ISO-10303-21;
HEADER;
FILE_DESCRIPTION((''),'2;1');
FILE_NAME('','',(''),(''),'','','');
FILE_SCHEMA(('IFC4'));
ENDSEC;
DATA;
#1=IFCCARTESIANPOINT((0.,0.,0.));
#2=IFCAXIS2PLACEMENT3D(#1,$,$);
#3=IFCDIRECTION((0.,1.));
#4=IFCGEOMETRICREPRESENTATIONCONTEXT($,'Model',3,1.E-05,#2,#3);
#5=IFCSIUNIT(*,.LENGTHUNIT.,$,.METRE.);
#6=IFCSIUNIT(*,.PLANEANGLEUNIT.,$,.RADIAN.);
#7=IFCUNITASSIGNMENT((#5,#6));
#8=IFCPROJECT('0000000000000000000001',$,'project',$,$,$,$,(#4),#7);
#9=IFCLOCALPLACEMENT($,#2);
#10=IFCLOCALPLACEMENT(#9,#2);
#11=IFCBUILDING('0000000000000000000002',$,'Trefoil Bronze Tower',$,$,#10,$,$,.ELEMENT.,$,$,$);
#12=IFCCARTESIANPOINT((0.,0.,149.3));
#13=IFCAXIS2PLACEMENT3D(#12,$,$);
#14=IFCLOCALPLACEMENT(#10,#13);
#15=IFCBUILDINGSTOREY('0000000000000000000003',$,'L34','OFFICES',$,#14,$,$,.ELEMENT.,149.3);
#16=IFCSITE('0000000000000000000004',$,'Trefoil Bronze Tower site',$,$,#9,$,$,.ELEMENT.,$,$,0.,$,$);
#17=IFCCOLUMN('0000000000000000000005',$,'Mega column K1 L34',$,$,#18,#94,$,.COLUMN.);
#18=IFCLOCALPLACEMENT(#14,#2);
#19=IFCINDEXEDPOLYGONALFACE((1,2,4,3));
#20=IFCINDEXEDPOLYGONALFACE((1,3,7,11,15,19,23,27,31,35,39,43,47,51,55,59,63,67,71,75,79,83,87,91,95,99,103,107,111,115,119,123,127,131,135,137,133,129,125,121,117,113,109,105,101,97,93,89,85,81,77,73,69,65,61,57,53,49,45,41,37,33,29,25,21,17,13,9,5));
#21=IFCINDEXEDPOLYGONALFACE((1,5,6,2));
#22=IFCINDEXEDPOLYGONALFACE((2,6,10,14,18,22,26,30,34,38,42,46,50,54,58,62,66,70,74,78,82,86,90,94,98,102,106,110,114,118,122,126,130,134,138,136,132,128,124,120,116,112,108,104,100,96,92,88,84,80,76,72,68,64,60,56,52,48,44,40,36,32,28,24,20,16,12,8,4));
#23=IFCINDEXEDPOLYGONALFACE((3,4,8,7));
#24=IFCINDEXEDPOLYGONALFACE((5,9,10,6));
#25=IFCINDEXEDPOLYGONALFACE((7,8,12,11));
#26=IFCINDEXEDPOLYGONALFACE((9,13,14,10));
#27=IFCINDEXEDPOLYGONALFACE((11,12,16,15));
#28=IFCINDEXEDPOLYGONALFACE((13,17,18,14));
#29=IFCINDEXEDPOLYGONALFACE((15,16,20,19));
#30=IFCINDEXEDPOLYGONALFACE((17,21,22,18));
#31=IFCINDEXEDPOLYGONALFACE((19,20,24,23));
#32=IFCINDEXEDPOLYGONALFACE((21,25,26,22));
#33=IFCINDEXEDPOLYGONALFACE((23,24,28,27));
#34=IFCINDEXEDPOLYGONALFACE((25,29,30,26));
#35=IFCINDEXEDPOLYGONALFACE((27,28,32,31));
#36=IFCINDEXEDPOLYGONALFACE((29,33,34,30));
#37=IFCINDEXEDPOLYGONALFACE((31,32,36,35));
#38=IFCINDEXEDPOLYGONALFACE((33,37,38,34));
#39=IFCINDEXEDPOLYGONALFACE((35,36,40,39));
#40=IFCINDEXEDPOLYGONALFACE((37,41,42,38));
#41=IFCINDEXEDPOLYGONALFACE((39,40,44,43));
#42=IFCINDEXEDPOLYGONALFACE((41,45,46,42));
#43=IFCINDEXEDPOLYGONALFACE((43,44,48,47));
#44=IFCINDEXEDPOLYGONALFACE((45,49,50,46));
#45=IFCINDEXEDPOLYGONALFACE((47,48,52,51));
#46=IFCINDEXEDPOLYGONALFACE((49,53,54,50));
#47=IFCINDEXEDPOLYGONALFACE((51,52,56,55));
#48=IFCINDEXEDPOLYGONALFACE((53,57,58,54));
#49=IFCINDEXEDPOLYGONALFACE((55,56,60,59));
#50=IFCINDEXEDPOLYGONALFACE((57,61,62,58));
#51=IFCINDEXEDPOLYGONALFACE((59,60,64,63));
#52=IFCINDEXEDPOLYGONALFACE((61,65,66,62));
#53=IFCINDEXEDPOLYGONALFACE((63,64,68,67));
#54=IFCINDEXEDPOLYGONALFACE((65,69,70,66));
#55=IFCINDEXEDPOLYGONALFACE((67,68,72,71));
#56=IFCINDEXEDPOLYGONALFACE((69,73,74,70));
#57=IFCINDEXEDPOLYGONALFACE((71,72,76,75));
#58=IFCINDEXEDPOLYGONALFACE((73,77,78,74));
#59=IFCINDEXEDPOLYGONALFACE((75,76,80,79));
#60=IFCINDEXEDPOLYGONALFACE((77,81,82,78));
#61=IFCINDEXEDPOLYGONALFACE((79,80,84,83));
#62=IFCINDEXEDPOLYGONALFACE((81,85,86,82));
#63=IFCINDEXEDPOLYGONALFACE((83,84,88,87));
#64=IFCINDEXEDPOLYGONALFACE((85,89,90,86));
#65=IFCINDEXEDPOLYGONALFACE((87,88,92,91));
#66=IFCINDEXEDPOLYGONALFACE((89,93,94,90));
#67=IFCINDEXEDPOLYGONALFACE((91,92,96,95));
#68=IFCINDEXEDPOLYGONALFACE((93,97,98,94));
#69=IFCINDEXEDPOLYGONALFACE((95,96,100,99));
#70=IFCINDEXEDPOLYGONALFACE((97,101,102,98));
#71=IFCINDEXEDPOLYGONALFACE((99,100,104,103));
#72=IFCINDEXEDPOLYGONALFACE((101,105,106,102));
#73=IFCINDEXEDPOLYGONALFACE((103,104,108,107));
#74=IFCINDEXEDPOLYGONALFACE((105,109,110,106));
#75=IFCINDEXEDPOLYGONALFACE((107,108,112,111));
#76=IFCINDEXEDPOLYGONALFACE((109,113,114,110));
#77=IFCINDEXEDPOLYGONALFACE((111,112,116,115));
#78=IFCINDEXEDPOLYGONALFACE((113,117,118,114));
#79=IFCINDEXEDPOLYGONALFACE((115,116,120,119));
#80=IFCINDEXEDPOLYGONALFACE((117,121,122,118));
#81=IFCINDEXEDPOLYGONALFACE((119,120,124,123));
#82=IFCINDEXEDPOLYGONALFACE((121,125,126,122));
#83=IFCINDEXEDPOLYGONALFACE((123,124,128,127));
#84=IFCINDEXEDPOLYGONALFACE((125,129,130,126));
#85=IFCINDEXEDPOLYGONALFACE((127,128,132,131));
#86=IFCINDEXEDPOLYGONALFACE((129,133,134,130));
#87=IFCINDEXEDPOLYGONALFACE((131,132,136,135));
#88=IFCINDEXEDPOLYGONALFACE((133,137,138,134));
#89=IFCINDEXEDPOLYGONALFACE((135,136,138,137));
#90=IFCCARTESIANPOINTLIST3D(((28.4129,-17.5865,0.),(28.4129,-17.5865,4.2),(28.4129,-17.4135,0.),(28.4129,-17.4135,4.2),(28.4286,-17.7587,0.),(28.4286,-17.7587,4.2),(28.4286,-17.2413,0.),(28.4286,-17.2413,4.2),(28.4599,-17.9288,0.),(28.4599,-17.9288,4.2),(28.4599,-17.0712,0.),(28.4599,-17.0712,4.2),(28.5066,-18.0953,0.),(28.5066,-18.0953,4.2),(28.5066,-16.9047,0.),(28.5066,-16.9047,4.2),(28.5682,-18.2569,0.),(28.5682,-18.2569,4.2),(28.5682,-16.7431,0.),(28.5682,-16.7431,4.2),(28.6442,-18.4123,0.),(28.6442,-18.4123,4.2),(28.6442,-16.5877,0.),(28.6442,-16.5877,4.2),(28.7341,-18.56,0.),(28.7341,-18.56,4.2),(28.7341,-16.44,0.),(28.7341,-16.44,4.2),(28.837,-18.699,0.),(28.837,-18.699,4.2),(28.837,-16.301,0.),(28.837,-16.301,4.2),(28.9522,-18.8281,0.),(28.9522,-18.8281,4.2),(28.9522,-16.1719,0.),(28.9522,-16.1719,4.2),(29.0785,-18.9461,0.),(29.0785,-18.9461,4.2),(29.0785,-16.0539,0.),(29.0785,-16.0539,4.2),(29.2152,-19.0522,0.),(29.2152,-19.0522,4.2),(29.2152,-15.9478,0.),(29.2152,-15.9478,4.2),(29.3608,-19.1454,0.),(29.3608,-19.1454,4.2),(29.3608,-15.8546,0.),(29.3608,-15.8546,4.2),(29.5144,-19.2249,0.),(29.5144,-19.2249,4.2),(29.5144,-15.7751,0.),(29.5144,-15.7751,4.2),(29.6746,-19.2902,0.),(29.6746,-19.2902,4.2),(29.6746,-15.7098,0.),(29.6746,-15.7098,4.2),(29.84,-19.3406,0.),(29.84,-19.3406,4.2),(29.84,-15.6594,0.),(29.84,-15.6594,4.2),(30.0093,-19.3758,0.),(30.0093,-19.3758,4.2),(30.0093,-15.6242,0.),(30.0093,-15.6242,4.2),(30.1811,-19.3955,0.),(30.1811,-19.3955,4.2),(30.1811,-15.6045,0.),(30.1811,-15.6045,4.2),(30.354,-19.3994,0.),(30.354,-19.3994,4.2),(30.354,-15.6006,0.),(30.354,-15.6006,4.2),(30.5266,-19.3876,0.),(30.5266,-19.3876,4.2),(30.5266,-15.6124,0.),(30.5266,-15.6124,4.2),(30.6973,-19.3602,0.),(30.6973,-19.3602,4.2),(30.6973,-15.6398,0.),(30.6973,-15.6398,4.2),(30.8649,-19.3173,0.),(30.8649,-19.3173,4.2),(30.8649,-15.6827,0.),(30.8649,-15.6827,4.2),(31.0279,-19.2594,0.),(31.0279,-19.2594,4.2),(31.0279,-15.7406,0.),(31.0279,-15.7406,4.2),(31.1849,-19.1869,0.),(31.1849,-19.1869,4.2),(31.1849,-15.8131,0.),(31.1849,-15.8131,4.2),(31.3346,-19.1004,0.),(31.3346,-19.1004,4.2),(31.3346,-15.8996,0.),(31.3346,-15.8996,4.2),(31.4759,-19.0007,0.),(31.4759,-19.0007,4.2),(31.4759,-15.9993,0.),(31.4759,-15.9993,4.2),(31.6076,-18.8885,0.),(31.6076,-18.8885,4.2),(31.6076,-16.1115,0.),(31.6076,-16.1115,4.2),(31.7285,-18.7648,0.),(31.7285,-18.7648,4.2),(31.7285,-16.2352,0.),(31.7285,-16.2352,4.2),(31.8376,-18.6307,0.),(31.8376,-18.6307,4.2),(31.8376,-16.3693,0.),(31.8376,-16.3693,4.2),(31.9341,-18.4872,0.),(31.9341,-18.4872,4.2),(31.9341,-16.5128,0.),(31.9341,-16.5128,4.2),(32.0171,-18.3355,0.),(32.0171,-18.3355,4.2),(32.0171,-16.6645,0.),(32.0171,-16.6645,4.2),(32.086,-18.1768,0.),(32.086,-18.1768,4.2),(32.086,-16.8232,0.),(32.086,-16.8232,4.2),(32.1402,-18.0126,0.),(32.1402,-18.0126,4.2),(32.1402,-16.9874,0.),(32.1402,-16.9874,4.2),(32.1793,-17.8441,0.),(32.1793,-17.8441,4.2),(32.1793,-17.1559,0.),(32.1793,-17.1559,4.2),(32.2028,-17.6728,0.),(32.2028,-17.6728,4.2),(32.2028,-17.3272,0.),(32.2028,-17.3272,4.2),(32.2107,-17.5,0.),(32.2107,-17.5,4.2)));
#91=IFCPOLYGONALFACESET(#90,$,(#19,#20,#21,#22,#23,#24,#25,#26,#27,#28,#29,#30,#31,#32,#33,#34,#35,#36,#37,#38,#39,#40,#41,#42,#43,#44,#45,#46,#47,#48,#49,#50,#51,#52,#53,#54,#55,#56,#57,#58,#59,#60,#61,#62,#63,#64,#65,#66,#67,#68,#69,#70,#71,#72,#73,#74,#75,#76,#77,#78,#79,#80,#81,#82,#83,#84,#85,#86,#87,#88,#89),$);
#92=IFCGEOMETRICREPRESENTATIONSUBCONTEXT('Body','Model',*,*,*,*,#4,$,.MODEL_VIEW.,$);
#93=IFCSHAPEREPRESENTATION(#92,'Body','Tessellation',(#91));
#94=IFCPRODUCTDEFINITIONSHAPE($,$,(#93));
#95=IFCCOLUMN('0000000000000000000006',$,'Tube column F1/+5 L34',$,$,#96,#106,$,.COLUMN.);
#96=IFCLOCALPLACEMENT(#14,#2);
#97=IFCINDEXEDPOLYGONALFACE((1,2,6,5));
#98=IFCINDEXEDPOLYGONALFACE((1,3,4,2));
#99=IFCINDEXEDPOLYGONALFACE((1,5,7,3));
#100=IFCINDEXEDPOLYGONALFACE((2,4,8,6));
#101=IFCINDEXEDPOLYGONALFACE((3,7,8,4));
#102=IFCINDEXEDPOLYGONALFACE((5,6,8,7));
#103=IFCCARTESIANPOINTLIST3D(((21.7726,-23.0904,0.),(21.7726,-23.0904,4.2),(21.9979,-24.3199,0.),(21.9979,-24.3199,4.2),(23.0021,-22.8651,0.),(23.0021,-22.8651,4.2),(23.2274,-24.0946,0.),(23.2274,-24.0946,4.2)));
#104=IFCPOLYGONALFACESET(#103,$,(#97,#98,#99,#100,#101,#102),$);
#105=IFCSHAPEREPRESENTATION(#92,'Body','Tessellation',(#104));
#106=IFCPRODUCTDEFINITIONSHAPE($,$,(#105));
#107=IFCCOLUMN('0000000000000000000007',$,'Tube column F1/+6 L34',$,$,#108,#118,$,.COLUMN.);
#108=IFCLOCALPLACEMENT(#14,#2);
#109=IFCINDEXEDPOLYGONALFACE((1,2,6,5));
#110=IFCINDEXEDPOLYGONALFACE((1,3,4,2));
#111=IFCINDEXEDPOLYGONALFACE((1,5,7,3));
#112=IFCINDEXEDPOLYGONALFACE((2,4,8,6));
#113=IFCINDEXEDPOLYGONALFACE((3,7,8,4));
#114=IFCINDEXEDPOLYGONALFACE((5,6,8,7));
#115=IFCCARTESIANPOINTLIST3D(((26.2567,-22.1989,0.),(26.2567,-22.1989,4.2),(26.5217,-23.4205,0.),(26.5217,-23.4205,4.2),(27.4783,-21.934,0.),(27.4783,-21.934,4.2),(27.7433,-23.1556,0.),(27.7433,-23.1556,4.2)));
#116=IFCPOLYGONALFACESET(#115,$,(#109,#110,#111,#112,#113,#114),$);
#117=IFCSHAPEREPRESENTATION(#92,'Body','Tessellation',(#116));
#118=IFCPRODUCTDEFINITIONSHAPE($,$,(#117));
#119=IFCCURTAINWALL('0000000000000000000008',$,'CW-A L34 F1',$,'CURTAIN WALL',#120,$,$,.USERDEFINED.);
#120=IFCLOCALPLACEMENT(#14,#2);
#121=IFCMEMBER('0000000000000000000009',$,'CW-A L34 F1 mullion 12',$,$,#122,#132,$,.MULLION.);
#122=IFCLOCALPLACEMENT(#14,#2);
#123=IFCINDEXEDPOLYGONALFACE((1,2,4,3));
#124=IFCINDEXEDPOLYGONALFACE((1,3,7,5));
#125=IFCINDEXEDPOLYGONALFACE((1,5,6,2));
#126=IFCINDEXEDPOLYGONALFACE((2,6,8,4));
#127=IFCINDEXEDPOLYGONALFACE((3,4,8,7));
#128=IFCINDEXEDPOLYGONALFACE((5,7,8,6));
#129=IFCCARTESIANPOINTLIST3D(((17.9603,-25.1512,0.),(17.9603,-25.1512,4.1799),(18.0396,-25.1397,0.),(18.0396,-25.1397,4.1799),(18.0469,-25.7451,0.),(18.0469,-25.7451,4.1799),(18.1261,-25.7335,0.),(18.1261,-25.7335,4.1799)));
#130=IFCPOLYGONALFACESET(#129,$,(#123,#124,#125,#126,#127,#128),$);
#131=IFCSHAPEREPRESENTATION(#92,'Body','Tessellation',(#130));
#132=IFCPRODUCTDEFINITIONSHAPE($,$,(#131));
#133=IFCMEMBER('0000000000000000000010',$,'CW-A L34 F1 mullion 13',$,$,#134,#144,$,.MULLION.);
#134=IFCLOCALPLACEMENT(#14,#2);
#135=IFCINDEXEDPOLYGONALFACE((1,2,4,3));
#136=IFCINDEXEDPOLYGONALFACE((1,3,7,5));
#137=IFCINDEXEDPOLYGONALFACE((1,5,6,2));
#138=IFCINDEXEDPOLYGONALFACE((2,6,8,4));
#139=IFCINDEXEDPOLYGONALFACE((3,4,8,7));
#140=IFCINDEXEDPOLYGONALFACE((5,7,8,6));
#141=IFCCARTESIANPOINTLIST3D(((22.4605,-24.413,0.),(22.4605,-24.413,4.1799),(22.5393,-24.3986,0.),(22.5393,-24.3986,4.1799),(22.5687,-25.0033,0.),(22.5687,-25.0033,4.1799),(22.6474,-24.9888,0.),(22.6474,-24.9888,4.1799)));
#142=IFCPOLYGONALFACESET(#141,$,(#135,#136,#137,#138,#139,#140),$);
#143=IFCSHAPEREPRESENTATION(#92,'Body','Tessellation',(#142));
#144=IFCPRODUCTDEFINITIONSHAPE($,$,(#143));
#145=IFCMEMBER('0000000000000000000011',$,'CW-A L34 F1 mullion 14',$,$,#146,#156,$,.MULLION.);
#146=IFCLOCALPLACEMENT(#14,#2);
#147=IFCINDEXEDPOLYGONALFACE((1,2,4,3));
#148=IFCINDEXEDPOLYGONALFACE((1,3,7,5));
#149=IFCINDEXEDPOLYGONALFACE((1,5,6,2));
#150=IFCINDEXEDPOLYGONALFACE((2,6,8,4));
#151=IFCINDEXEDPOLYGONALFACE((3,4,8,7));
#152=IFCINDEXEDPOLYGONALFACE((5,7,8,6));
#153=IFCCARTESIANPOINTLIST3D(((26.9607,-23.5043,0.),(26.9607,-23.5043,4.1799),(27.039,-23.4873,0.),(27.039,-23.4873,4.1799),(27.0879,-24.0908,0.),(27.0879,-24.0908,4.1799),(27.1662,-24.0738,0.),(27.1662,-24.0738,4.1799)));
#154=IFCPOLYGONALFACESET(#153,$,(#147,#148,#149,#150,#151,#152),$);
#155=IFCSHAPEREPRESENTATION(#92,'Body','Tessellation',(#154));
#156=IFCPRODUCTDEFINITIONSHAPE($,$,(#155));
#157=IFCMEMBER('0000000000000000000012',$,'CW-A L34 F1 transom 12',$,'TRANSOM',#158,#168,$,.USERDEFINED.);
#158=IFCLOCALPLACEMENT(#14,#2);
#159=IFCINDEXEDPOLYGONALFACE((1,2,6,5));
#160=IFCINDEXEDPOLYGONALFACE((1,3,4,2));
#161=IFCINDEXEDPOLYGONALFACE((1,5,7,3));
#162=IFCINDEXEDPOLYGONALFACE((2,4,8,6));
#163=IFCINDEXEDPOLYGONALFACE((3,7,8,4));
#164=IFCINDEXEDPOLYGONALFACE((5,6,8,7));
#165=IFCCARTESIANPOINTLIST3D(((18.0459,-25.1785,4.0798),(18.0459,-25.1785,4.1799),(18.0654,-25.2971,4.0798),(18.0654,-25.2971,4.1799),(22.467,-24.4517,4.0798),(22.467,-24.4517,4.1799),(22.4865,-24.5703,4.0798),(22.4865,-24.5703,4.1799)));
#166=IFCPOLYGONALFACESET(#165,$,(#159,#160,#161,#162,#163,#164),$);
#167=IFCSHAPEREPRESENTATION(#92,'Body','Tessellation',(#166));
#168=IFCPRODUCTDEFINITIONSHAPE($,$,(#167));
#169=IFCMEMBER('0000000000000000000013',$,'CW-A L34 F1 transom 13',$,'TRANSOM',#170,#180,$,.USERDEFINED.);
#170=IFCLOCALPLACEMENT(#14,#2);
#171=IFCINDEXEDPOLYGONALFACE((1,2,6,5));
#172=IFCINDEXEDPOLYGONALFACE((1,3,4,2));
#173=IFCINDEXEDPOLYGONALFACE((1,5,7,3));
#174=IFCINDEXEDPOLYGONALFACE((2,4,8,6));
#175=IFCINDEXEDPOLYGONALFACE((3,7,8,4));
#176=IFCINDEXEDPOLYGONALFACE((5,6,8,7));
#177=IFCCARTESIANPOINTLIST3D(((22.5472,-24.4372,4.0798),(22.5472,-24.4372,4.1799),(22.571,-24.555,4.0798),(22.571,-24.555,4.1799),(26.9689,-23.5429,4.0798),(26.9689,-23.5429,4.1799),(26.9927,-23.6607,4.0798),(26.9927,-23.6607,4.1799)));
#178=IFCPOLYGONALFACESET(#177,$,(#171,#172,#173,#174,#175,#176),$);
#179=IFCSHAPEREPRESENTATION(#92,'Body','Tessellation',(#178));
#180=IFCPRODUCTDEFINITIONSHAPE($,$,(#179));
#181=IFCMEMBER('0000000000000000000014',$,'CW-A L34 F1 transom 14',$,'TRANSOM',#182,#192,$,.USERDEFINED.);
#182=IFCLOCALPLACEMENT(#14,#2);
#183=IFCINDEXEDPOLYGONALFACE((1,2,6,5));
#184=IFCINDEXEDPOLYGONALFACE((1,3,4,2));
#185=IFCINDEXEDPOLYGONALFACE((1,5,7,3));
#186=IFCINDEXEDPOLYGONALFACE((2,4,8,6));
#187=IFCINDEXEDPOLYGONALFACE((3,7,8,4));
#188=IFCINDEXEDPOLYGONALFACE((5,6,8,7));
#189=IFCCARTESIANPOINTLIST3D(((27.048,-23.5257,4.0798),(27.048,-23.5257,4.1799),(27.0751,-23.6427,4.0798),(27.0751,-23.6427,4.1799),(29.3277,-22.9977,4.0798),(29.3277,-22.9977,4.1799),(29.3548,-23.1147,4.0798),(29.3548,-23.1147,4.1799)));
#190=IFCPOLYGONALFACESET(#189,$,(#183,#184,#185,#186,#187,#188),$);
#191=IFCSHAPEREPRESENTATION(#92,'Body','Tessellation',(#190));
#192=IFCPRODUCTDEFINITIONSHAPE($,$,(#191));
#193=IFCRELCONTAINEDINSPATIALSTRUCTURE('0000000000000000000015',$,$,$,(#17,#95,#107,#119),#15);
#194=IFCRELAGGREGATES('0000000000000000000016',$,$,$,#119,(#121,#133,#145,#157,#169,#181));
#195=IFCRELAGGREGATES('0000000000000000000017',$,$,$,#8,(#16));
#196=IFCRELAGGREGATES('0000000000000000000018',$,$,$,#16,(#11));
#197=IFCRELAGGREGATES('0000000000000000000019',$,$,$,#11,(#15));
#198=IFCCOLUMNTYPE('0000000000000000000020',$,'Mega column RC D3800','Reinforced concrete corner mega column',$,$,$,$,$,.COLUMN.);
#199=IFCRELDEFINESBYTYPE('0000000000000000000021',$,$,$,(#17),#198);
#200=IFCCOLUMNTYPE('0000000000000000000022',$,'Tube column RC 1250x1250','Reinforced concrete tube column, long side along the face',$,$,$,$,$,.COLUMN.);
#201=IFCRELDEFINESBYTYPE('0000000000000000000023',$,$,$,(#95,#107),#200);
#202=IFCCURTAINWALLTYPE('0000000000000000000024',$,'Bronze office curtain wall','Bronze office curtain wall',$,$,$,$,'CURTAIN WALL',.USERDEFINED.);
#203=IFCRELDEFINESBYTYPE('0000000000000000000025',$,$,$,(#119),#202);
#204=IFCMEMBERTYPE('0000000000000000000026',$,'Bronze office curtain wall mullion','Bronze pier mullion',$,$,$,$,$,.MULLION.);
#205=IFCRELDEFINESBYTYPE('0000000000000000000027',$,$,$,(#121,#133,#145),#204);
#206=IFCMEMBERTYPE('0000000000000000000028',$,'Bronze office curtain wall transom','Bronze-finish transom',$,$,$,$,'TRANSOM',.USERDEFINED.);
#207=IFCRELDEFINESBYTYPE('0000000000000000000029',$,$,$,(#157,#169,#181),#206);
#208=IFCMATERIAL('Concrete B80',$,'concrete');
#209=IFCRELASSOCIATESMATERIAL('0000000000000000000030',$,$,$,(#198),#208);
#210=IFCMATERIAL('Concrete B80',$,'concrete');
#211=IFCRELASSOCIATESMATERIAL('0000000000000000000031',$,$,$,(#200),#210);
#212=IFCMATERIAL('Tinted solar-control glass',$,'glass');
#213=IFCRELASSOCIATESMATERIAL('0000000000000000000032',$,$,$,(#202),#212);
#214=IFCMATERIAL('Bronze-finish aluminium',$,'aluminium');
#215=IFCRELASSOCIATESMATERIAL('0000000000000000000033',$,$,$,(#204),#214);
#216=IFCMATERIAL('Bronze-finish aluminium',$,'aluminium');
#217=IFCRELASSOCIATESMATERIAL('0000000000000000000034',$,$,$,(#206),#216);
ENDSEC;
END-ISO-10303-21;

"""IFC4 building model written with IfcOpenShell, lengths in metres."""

from ifc_helpers import new_model, si_unit, direction, frame, origin, origin_2d, place, context, subcontext, project, spatial, rectangle, circle, extrude, material, material_profile, profile_set, type_object, element, aggregate, save


model = new_model("IFC4")

# Units and contexts
model_context = context("Model", 3, precision=1e-05, world=origin(), true_north=direction((0.0, 1.0)))
body_context = subcontext(model_context, "Body", "Model", "MODEL_VIEW")
ifc_project = project(units=[si_unit("LENGTHUNIT", "METRE"), si_unit("PLANEANGLEUNIT", "RADIAN")], contexts=[model_context])

# Site, building, storey
site_placement = place(None, origin())
site = spatial("IfcSite", under=ifc_project, at=site_placement, Name="Trefoil Bronze Tower site", CompositionType="ELEMENT", RefElevation=0.0)
building_placement = place(site_placement, origin())
building = spatial("IfcBuilding", under=site, at=building_placement, Name="Trefoil Bronze Tower", CompositionType="ELEMENT")
storey_placement = place(building_placement, frame((0.0, 0.0, 149.3)))
storey = spatial("IfcBuildingStorey", under=building, at=storey_placement, Name="L34", Description="OFFICES", CompositionType="ELEMENT", Elevation=149.3)

# Columns
ifc_material_1 = material(Name="Concrete B80", Category="concrete")
ifc_material_profile_1 = material_profile(ifc_material_1, circle(Radius=1.8999, at=origin_2d()), Name="RC D3800")
ifc_profile_set_1 = profile_set([ifc_material_profile_1], Name="Concrete B80")
column_type_1 = type_object("IfcColumnType", Name="Mega column RC D3800", Description="Reinforced concrete corner mega column", PredefinedType="COLUMN", material=ifc_profile_set_1)
column_placement = place(storey_placement, frame((30.3108, -17.5, 0.0), z_axis=(0.0, 0.0, 1.0), x_axis=(1.0, 0.0, 0.0)))
element("IfcColumn", 1, at=column_placement, inside=storey, type_object=column_type_1, Name="Mega column K1 L34", PredefinedType="COLUMN", context=body_context, shape_type="SweptSolid", body=[
    extrude(circle(Radius=1.8999, at=origin_2d()), origin(), (0.0, 0.0, 1.0), 4.2),
])
ifc_material_2 = material(Name="Concrete B80", Category="concrete")
ifc_material_profile_2 = material_profile(ifc_material_2, rectangle(XDim=1.25, YDim=1.25, at=origin_2d()), Name="RC 1250x1250")
ifc_profile_set_2 = profile_set([ifc_material_profile_2], Name="Concrete B80")
column_type_2 = type_object("IfcColumnType", Name="Tube column RC 1250x1250", Description="Reinforced concrete tube column, long side along the face", PredefinedType="COLUMN", material=ifc_profile_set_2)
for number, where, z_axis, x_axis, name in (
    (2, (22.5, -23.5925, 0.0), (0.0, 0.0, 1.0), (0.983623, 0.180241, 0.0), "Tube column F1/+5 L34"),
    (3, (27.0, -22.6772, 0.0), (0.0, 0.0, 1.0), (0.977276, 0.21197, 0.0), "Tube column F1/+6 L34"),
):
    element("IfcColumn", number, at=place(storey_placement, frame(where, z_axis=z_axis, x_axis=x_axis)), inside=storey, type_object=column_type_2, Name=name, PredefinedType="COLUMN", context=body_context, shape_type="SweptSolid", body=[
        extrude(rectangle(XDim=1.25, YDim=1.25, at=origin_2d()), origin(), (0.0, 0.0, 1.0), 4.2),
    ])

# Curtain wall, members
ifc_material_3 = material(Name="Tinted solar-control glass", Category="glass")
curtain_wall_type_1 = type_object("IfcCurtainWallType", Name="Bronze office curtain wall", Description="Bronze office curtain wall", ElementType="CURTAIN WALL", PredefinedType="USERDEFINED", material=ifc_material_3)
curtain_wall_1_placement = place(storey_placement, origin())
curtain_wall_1 = element("IfcCurtainWall", 4, at=curtain_wall_1_placement, inside=storey, type_object=curtain_wall_type_1, Name="CW-A L34 F1", ObjectType="CURTAIN WALL", PredefinedType="USERDEFINED")
ifc_material_4 = material(Name="Bronze-finish aluminium", Category="aluminium")
ifc_material_profile_3 = material_profile(ifc_material_4, rectangle(XDim=0.6001, YDim=0.0801, at=origin_2d()), Name="CW-A mullion")
ifc_profile_set_3 = profile_set([ifc_material_profile_3], Name="Bronze-finish aluminium")
member_type_1 = type_object("IfcMemberType", Name="Bronze office curtain wall mullion", Description="Bronze pier mullion", PredefinedType="MULLION", material=ifc_profile_set_3)
member_1_placement = place(storey_placement, frame((18.0432, -25.4424, 0.0), z_axis=(0.0, 0.0, 1.0), x_axis=(-0.144192, 0.98955, 0.0)))
member_1 = element("IfcMember", 5, at=member_1_placement, type_object=member_type_1, Name="CW-A L34 F1 mullion 12", PredefinedType="MULLION", context=body_context, shape_type="SweptSolid", body=[
    extrude(rectangle(XDim=0.6001, YDim=0.0801, at=origin_2d()), origin(), (0.0, 0.0, 1.0), 4.1799),
])
member_2_placement = place(storey_placement, frame((22.554, -24.7009, 0.0), z_axis=(0.0, 0.0, 1.0), x_axis=(-0.180241, 0.983623, 0.0)))
member_2 = element("IfcMember", 6, at=member_2_placement, type_object=member_type_1, Name="CW-A L34 F1 mullion 13", PredefinedType="MULLION", context=body_context, shape_type="SweptSolid", body=[
    extrude(rectangle(XDim=0.6001, YDim=0.0801, at=origin_2d()), origin(), (0.0, 0.0, 1.0), 4.1799),
])
member_3_placement = place(storey_placement, frame((27.0635, -23.7891, 0.0), z_axis=(0.0, 0.0, 1.0), x_axis=(-0.21197, 0.977276, 0.0)))
member_3 = element("IfcMember", 7, at=member_3_placement, type_object=member_type_1, Name="CW-A L34 F1 mullion 14", PredefinedType="MULLION", context=body_context, shape_type="SweptSolid", body=[
    extrude(rectangle(XDim=0.6001, YDim=0.0801, at=origin_2d()), origin(), (0.0, 0.0, 1.0), 4.1799),
])
ifc_material_5 = material(Name="Bronze-finish aluminium", Category="aluminium")
ifc_material_profile_4 = material_profile(ifc_material_5, rectangle(XDim=0.1201, YDim=0.1001, at=origin_2d()), Name="CW-A transom")
ifc_profile_set_4 = profile_set([ifc_material_profile_4], Name="Bronze-finish aluminium")
member_type_2 = type_object("IfcMemberType", Name="Bronze office curtain wall transom", Description="Bronze-finish transom", ElementType="TRANSOM", PredefinedType="USERDEFINED", material=ifc_profile_set_4)
member_4_placement = place(storey_placement, frame((18.0557, -25.2378, 4.1299), z_axis=(0.986755, 0.162216, 0.0), x_axis=(-0.162216, 0.986755, 0.0)))
member_4 = element("IfcMember", 8, at=member_4_placement, type_object=member_type_2, Name="CW-A L34 F1 transom 12", ObjectType="TRANSOM", PredefinedType="USERDEFINED", context=body_context, shape_type="SweptSolid", body=[
    extrude(rectangle(XDim=0.1201, YDim=0.1001, at=origin_2d()), origin(), (0.0, 0.0, 1.0), 4.4805),
])
member_5_placement = place(storey_placement, frame((22.5591, -24.4961, 4.1299), z_axis=(0.980154, 0.198239, 0.0), x_axis=(-0.198239, 0.980154, 0.0)))
member_5 = element("IfcMember", 9, at=member_5_placement, type_object=member_type_2, Name="CW-A L34 F1 transom 13", ObjectType="TRANSOM", PredefinedType="USERDEFINED", context=body_context, shape_type="SweptSolid", body=[
    extrude(rectangle(XDim=0.1201, YDim=0.1001, at=origin_2d()), origin(), (0.0, 0.0, 1.0), 4.5112),
])
member_6_placement = place(storey_placement, frame((27.0615, -23.5842, 4.1299), z_axis=(0.974206, 0.225659, 0.0), x_axis=(-0.225659, 0.974206, 0.0)))
member_6 = element("IfcMember", 10, at=member_6_placement, type_object=member_type_2, Name="CW-A L34 F1 transom 14", ObjectType="TRANSOM", PredefinedType="USERDEFINED", context=body_context, shape_type="SweptSolid", body=[
    extrude(rectangle(XDim=0.1201, YDim=0.1001, at=origin_2d()), origin(), (0.0, 0.0, 1.0), 2.3401),
])

aggregate(curtain_wall_1, [member_1, member_2, member_3, member_4, member_5, member_6])

save(model, "model.ifc")
